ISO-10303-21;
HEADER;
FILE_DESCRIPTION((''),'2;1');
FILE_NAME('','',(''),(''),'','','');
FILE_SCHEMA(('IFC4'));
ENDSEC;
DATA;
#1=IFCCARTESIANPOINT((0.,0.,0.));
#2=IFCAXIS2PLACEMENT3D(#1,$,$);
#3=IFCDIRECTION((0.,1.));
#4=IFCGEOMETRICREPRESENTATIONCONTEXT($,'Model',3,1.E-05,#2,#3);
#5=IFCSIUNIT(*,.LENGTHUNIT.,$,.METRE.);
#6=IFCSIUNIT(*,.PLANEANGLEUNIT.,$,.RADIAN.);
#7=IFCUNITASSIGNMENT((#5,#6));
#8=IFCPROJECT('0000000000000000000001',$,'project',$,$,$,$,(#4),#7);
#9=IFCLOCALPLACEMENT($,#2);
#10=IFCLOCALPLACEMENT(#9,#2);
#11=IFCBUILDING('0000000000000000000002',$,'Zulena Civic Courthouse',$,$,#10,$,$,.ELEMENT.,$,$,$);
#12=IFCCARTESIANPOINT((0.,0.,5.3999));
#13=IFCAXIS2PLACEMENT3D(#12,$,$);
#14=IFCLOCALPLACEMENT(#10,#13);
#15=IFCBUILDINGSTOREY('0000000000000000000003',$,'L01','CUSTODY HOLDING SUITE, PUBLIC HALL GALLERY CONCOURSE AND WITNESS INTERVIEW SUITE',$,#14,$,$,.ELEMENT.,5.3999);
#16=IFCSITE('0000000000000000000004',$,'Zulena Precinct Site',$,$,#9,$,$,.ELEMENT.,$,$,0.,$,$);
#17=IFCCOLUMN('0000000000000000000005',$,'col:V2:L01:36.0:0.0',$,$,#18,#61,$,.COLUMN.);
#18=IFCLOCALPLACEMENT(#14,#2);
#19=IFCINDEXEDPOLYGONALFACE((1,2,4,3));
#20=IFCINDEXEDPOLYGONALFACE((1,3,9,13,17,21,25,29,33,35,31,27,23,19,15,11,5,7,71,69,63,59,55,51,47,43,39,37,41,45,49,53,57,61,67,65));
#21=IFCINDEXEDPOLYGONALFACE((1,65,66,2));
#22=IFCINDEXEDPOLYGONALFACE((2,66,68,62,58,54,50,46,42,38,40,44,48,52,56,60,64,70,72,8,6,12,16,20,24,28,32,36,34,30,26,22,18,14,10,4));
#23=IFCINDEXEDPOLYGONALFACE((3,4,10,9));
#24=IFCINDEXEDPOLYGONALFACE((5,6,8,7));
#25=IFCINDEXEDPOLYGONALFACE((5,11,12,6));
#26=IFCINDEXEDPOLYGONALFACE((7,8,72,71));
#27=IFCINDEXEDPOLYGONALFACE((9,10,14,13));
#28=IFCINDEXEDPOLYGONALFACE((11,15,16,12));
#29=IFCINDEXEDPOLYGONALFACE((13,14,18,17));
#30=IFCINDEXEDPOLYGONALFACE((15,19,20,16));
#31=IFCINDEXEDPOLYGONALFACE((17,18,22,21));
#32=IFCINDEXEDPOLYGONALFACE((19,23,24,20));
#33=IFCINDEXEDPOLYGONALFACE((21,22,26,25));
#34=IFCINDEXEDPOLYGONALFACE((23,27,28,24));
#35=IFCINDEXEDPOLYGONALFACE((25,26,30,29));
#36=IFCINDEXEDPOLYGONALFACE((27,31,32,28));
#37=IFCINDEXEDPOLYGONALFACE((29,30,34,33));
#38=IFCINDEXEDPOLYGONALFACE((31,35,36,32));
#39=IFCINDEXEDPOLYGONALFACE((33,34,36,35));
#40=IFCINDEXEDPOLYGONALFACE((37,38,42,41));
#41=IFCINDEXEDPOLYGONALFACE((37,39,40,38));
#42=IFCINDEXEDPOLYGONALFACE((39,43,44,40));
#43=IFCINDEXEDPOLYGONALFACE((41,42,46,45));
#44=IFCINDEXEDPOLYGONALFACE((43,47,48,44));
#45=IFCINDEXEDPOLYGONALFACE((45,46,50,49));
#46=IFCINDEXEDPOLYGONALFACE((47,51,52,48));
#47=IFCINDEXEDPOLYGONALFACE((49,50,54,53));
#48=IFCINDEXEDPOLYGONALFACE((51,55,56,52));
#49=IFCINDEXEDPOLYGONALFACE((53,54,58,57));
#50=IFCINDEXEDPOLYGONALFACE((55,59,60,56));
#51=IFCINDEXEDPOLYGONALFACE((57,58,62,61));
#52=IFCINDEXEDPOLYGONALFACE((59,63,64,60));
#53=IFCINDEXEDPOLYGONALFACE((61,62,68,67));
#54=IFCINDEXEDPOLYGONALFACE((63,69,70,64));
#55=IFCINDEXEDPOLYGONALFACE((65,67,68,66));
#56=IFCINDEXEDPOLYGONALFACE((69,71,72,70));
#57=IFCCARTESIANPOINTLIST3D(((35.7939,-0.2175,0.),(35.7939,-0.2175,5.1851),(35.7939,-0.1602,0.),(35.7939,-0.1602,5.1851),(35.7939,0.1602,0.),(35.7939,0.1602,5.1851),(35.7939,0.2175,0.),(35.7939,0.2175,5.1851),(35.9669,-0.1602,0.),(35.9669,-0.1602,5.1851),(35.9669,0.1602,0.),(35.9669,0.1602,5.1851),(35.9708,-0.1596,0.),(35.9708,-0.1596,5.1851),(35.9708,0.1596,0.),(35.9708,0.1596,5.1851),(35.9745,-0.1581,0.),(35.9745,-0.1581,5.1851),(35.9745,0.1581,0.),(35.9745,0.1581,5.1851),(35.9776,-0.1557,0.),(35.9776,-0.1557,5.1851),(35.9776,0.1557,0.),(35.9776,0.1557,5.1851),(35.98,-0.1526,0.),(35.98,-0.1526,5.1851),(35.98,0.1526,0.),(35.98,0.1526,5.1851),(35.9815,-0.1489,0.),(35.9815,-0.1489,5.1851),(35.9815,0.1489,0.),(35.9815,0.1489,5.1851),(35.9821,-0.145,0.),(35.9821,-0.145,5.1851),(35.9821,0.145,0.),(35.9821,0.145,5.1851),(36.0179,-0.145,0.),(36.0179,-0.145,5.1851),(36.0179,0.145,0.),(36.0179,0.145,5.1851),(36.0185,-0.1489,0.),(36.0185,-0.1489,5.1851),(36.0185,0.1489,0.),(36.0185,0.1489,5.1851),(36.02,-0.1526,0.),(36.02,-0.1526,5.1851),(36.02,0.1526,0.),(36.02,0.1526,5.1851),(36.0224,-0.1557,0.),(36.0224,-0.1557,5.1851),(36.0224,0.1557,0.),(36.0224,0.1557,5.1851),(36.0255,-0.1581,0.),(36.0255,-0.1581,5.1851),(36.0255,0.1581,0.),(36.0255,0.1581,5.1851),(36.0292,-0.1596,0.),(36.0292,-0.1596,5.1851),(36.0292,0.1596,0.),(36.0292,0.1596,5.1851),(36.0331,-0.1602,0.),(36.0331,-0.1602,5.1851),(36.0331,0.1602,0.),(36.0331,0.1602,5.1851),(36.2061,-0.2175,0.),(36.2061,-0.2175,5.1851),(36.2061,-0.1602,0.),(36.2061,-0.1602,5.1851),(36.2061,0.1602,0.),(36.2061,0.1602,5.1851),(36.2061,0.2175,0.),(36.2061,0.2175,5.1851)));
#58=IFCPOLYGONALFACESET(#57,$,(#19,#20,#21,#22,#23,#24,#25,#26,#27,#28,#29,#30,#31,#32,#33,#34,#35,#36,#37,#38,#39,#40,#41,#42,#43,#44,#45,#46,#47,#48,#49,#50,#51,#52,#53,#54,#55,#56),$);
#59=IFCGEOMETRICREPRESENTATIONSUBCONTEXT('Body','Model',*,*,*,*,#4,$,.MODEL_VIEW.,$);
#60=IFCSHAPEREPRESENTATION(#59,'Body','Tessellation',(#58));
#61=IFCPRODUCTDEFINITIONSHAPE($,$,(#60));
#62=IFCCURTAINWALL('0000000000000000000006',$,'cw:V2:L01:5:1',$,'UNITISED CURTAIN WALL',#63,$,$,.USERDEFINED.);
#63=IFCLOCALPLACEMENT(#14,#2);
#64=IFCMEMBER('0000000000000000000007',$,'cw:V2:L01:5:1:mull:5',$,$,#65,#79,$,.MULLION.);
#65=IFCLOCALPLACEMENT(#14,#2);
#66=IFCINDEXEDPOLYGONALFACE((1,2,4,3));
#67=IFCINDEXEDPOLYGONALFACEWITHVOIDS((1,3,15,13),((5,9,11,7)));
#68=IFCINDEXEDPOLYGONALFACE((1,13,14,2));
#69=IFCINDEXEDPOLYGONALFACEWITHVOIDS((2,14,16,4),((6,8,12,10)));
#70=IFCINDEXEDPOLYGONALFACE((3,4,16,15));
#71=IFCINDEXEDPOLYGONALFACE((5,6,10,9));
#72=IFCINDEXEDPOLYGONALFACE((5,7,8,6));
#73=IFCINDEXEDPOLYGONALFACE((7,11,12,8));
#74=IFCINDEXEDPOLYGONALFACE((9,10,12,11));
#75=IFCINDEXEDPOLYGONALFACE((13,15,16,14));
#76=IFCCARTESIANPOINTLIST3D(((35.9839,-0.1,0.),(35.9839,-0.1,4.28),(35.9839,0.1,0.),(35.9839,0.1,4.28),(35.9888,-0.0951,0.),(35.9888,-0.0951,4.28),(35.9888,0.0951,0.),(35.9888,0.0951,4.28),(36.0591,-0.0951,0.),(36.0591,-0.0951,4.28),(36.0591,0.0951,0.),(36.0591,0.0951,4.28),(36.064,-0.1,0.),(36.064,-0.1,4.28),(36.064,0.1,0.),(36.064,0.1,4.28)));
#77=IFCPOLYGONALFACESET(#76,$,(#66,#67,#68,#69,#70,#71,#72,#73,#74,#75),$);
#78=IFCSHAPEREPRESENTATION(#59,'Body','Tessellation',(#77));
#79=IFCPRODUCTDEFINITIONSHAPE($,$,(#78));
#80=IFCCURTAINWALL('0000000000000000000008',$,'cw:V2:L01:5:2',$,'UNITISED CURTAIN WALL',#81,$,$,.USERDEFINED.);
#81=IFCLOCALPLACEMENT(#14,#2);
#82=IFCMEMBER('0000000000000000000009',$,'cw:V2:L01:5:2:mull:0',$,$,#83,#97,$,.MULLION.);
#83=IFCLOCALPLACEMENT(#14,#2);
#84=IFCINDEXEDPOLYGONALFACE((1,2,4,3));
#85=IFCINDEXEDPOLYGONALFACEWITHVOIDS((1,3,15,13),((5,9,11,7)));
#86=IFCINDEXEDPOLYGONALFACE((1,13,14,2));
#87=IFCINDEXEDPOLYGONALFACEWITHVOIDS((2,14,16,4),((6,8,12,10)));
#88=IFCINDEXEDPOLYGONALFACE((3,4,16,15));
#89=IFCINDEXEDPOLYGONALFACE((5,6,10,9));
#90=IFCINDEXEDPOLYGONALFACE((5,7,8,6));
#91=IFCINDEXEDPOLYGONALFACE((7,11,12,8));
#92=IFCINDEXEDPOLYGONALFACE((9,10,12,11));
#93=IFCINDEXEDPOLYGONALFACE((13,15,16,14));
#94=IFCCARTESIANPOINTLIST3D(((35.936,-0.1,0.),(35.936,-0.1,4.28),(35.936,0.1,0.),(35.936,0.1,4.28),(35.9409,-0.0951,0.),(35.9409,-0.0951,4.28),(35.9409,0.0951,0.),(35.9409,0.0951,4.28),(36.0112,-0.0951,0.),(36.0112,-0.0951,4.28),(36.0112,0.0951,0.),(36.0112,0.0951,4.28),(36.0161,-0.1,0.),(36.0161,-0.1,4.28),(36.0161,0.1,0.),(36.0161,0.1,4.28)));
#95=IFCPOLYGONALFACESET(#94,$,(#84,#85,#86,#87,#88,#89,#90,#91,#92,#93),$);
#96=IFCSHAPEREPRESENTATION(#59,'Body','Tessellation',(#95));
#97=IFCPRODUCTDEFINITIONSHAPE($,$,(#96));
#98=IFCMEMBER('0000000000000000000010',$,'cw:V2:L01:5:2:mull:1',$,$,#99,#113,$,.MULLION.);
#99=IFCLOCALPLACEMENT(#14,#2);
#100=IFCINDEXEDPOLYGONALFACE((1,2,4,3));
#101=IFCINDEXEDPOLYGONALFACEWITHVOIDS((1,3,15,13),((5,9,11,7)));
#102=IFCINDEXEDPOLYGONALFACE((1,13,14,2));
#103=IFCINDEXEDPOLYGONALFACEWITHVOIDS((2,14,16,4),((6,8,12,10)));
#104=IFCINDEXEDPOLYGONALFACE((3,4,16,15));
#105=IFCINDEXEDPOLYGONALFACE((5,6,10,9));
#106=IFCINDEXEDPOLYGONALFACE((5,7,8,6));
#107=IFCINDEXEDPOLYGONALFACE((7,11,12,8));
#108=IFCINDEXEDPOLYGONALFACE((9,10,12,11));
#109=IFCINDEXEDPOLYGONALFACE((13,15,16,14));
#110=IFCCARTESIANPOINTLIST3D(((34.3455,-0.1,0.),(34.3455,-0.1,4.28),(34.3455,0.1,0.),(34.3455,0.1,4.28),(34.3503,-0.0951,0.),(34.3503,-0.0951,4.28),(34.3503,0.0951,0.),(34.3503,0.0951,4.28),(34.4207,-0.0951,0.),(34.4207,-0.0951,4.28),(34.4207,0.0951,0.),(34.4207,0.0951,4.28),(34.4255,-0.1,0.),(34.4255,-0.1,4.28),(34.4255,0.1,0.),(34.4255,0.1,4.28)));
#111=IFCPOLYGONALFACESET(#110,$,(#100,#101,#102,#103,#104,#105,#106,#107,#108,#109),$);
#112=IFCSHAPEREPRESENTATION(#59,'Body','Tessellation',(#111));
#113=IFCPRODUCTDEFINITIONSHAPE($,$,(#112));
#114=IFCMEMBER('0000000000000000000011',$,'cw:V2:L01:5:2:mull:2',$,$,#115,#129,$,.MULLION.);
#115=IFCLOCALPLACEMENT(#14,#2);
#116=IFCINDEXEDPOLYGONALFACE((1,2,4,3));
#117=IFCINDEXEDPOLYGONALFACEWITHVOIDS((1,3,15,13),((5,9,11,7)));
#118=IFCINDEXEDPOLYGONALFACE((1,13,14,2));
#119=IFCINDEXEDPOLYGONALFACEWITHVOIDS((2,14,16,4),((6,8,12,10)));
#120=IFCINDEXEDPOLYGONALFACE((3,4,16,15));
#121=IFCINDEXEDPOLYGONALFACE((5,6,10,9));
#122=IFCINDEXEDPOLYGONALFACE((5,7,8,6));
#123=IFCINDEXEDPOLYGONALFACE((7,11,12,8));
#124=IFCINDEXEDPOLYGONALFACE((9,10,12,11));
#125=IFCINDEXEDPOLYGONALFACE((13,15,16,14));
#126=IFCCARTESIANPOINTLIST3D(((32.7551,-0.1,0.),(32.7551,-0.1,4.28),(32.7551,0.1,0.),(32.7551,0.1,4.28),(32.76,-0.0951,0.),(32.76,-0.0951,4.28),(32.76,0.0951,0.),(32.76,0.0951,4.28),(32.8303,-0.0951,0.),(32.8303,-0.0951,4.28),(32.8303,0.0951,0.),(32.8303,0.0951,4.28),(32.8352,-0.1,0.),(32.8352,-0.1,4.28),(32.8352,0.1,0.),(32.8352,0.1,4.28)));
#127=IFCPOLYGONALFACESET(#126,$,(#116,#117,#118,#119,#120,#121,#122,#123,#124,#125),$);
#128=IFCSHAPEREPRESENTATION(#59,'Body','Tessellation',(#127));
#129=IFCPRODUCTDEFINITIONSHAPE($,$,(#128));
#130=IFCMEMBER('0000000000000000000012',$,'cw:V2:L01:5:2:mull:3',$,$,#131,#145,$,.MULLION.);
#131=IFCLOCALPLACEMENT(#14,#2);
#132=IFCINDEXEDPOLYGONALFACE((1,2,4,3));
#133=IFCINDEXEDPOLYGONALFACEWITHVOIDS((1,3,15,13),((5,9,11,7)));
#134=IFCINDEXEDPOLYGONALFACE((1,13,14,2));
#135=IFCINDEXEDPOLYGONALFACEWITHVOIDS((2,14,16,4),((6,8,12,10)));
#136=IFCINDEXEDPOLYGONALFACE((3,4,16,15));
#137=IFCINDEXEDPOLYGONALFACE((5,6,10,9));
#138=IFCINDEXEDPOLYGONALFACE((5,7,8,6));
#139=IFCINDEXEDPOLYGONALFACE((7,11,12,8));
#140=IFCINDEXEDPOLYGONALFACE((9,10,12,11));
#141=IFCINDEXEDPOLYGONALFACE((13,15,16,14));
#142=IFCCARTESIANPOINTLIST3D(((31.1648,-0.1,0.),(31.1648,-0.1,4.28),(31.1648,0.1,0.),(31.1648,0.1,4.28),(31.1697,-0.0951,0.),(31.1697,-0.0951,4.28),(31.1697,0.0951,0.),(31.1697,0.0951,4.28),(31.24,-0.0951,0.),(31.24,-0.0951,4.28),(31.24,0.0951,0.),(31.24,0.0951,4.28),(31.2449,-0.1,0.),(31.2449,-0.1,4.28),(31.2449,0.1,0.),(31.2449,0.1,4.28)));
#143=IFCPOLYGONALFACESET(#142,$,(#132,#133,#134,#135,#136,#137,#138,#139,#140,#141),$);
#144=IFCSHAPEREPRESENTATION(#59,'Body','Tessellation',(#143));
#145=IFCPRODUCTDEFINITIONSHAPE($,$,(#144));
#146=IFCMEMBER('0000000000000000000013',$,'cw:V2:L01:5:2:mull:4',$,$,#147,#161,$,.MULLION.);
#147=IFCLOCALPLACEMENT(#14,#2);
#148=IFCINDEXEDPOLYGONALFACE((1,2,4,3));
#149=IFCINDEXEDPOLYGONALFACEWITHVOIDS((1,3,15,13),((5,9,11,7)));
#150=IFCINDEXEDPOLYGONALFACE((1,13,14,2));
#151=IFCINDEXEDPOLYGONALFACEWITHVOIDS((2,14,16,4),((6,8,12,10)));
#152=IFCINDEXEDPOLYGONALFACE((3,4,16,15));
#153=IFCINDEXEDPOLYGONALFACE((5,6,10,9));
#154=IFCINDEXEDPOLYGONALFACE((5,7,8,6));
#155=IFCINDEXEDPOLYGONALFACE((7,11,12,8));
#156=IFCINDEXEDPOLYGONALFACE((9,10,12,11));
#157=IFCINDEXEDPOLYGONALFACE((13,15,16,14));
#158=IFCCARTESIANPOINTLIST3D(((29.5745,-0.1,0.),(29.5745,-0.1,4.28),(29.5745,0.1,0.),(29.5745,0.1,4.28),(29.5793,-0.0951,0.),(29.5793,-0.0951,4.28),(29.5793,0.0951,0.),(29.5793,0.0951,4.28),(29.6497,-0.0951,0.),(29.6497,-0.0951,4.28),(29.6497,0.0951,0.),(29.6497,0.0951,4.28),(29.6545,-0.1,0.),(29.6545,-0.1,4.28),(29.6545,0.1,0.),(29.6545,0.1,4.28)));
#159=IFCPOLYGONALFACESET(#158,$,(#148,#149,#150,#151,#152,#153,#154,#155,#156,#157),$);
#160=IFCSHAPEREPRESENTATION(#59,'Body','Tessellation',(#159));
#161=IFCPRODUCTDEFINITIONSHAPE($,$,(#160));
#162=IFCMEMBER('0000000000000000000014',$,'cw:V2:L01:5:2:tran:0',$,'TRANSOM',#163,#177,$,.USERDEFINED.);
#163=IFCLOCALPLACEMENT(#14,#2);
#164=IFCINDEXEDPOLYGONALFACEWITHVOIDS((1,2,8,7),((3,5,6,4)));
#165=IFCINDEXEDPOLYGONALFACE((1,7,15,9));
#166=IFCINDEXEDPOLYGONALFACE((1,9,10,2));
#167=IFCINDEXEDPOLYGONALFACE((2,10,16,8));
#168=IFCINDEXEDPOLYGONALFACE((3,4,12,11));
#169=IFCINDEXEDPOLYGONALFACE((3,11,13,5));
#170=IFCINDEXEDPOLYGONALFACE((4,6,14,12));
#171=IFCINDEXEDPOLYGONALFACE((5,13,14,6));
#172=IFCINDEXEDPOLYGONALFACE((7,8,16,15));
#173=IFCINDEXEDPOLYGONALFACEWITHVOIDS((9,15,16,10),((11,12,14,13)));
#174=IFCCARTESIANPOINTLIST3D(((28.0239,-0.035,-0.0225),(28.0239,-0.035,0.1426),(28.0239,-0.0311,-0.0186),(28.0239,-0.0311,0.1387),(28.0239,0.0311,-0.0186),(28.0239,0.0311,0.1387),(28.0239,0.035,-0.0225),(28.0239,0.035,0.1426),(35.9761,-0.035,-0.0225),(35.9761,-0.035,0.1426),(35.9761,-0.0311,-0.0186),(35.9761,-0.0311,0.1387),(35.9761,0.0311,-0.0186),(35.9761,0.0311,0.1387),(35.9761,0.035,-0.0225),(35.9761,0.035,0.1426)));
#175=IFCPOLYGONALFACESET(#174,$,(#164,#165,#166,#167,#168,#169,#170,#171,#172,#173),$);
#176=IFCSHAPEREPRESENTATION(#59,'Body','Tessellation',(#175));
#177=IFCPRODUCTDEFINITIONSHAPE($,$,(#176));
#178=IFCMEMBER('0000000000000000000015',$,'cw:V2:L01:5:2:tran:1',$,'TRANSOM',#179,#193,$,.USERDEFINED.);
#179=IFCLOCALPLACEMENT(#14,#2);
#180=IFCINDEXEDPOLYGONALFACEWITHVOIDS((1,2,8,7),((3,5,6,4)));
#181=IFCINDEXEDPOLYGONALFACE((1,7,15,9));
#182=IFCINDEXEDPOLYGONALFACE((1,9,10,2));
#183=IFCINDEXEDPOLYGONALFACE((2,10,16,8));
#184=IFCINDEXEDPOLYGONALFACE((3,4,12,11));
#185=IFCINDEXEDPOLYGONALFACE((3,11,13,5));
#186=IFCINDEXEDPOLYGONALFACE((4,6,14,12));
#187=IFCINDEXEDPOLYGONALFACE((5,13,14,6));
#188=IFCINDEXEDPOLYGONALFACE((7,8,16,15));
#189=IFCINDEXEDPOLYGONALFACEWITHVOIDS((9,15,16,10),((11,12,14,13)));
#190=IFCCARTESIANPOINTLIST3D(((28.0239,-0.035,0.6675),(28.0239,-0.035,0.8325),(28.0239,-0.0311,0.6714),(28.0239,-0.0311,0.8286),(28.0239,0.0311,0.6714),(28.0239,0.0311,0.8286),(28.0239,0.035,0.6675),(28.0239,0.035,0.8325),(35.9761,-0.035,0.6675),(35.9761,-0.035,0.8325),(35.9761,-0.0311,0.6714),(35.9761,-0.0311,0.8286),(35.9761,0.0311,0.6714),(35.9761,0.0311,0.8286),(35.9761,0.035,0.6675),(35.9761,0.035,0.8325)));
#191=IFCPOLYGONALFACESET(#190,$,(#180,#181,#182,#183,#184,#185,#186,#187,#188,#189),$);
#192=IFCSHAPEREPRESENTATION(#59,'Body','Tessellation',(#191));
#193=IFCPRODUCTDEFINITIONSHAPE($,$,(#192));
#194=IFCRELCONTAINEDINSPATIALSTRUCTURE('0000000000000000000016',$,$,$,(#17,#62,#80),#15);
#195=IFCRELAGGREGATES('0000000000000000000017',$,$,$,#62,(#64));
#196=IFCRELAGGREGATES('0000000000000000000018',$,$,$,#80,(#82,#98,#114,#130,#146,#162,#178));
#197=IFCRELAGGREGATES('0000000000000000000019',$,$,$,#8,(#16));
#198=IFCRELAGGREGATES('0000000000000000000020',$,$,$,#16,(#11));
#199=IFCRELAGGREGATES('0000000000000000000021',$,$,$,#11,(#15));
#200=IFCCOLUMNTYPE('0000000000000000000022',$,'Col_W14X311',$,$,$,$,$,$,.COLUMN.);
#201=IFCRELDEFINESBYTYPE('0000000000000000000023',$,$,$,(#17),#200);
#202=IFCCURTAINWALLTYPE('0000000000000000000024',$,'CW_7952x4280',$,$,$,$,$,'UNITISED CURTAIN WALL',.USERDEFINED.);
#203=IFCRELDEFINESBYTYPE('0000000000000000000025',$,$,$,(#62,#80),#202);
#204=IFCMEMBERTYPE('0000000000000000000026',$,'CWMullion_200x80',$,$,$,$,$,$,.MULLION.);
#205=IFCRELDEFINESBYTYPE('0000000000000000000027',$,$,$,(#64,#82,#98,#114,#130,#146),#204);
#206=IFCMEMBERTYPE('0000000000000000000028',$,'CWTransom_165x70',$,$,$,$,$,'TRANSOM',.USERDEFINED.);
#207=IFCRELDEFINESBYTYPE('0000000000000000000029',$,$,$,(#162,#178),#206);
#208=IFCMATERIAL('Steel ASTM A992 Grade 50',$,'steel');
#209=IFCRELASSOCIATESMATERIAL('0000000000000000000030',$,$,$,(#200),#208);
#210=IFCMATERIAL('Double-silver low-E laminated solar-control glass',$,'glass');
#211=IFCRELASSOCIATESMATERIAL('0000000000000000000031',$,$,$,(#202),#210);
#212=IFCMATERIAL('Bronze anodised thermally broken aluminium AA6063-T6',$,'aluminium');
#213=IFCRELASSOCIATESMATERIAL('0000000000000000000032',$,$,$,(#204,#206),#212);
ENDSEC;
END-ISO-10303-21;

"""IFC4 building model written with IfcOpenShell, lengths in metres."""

from ifc_helpers import new_model, si_unit, direction, frame, origin, origin_2d, place, context, subcontext, project, spatial, hollow_rectangle, i_section, extrude, material, material_profile, profile_set, type_object, element, aggregate, save


model = new_model("IFC4")

# Units and contexts
model_context = context("Model", 3, precision=1e-05, world=origin(), true_north=direction((0.0, 1.0)))
body_context = subcontext(model_context, "Body", "Model", "MODEL_VIEW")
ifc_project = project(units=[si_unit("LENGTHUNIT", "METRE"), si_unit("PLANEANGLEUNIT", "RADIAN")], contexts=[model_context])

# Site, building, storey
site_placement = place(None, origin())
site = spatial("IfcSite", under=ifc_project, at=site_placement, Name="Zulena Precinct Site", CompositionType="ELEMENT", RefElevation=0.0)
building_placement = place(site_placement, origin())
building = spatial("IfcBuilding", under=site, at=building_placement, Name="Zulena Civic Courthouse", CompositionType="ELEMENT")
storey_placement = place(building_placement, frame((0.0, 0.0, 5.3999)))
storey = spatial("IfcBuildingStorey", under=building, at=storey_placement, Name="L01", Description="CUSTODY HOLDING SUITE, PUBLIC HALL GALLERY CONCOURSE AND WITNESS INTERVIEW SUITE", CompositionType="ELEMENT", Elevation=5.3999)

# Column
ifc_material_1 = material(Name="Steel ASTM A992 Grade 50", Category="steel")
ifc_material_profile_1 = material_profile(ifc_material_1, i_section(OverallWidth=0.4121, OverallDepth=0.4351, WebThickness=0.0359, FlangeThickness=0.0574, FilletRadius=0.0151, at=origin_2d()), Name="W14X311")
ifc_profile_set_1 = profile_set([ifc_material_profile_1], Name="Steel ASTM A992 Grade 50")
column_type = type_object("IfcColumnType", Name="Col_W14X311", PredefinedType="COLUMN", material=ifc_profile_set_1)
column_placement = place(storey_placement, frame((36.0, 0.0, 0.0), z_axis=(0.0, 0.0, 1.0), x_axis=(1.0, 0.0, 0.0)))
element("IfcColumn", 1, at=column_placement, inside=storey, type_object=column_type, Name="col:V2:L01:36.0:0.0", PredefinedType="COLUMN", context=body_context, shape_type="SweptSolid", body=[
    extrude(i_section(OverallWidth=0.4121, OverallDepth=0.4351, WebThickness=0.0359, FlangeThickness=0.0574, FilletRadius=0.0151, at=origin_2d()), origin(), (0.0, 0.0, 1.0), 5.1851),
])

# Curtain wall, member
ifc_material_2 = material(Name="Double-silver low-E laminated solar-control glass", Category="glass")
curtain_wall_type = type_object("IfcCurtainWallType", Name="CW_7952x4280", ElementType="UNITISED CURTAIN WALL", PredefinedType="USERDEFINED", material=ifc_material_2)
curtain_wall_1_placement = place(storey_placement, origin())
curtain_wall_1 = element("IfcCurtainWall", 2, at=curtain_wall_1_placement, inside=storey, type_object=curtain_wall_type, Name="cw:V2:L01:5:1", ObjectType="UNITISED CURTAIN WALL", PredefinedType="USERDEFINED")
ifc_material_3 = material(Name="Bronze anodised thermally broken aluminium AA6063-T6", Category="aluminium")
ifc_material_profile_2 = material_profile(ifc_material_3, hollow_rectangle(XDim=0.0801, YDim=0.2, WallThickness=0.0049, at=origin_2d()), Name="CWM200X80X5")
ifc_profile_set_2 = profile_set([ifc_material_profile_2], Name="Bronze anodised thermally broken aluminium AA6063-T6")
member_type_1 = type_object("IfcMemberType", Name="CWMullion_200x80", PredefinedType="MULLION", material=ifc_profile_set_2)
member_1_placement = place(storey_placement, frame((36.0239, 0.0, 0.0), z_axis=(0.0, 0.0, 1.0), x_axis=(1.0, 0.0, 0.0)))
member_1 = element("IfcMember", 3, at=member_1_placement, type_object=member_type_1, Name="cw:V2:L01:5:1:mull:5", PredefinedType="MULLION", context=body_context, shape_type="SweptSolid", body=[
    extrude(hollow_rectangle(XDim=0.0801, YDim=0.2, WallThickness=0.0049, at=origin_2d()), origin(), (0.0, 0.0, 1.0), 4.28),
])
aggregate(curtain_wall_1, [member_1])

# Curtain wall, members
curtain_wall_2_placement = place(storey_placement, origin())
curtain_wall_2 = element("IfcCurtainWall", 4, at=curtain_wall_2_placement, inside=storey, type_object=curtain_wall_type, Name="cw:V2:L01:5:2", ObjectType="UNITISED CURTAIN WALL", PredefinedType="USERDEFINED")
member_2_placement = place(storey_placement, frame((35.9761, 0.0, 0.0), z_axis=(0.0, 0.0, 1.0), x_axis=(1.0, 0.0, 0.0)))
member_2 = element("IfcMember", 5, at=member_2_placement, type_object=member_type_1, Name="cw:V2:L01:5:2:mull:0", PredefinedType="MULLION", context=body_context, shape_type="SweptSolid", body=[
    extrude(hollow_rectangle(XDim=0.0801, YDim=0.2, WallThickness=0.0049, at=origin_2d()), origin(), (0.0, 0.0, 1.0), 4.28),
])
member_3_placement = place(storey_placement, frame((34.3855, 0.0, 0.0), z_axis=(0.0, 0.0, 1.0), x_axis=(1.0, 0.0, 0.0)))
member_3 = element("IfcMember", 6, at=member_3_placement, type_object=member_type_1, Name="cw:V2:L01:5:2:mull:1", PredefinedType="MULLION", context=body_context, shape_type="SweptSolid", body=[
    extrude(hollow_rectangle(XDim=0.0801, YDim=0.2, WallThickness=0.0049, at=origin_2d()), origin(), (0.0, 0.0, 1.0), 4.28),
])
member_4_placement = place(storey_placement, frame((32.7952, 0.0, 0.0), z_axis=(0.0, 0.0, 1.0), x_axis=(1.0, 0.0, 0.0)))
member_4 = element("IfcMember", 7, at=member_4_placement, type_object=member_type_1, Name="cw:V2:L01:5:2:mull:2", PredefinedType="MULLION", context=body_context, shape_type="SweptSolid", body=[
    extrude(hollow_rectangle(XDim=0.0801, YDim=0.2, WallThickness=0.0049, at=origin_2d()), origin(), (0.0, 0.0, 1.0), 4.28),
])
member_5_placement = place(storey_placement, frame((31.2048, 0.0, 0.0), z_axis=(0.0, 0.0, 1.0), x_axis=(1.0, 0.0, 0.0)))
member_5 = element("IfcMember", 8, at=member_5_placement, type_object=member_type_1, Name="cw:V2:L01:5:2:mull:3", PredefinedType="MULLION", context=body_context, shape_type="SweptSolid", body=[
    extrude(hollow_rectangle(XDim=0.0801, YDim=0.2, WallThickness=0.0049, at=origin_2d()), origin(), (0.0, 0.0, 1.0), 4.28),
])
member_6_placement = place(storey_placement, frame((29.6145, 0.0, 0.0), z_axis=(0.0, 0.0, 1.0), x_axis=(1.0, 0.0, 0.0)))
member_6 = element("IfcMember", 9, at=member_6_placement, type_object=member_type_1, Name="cw:V2:L01:5:2:mull:4", PredefinedType="MULLION", context=body_context, shape_type="SweptSolid", body=[
    extrude(hollow_rectangle(XDim=0.0801, YDim=0.2, WallThickness=0.0049, at=origin_2d()), origin(), (0.0, 0.0, 1.0), 4.28),
])
ifc_material_profile_3 = material_profile(ifc_material_3, hollow_rectangle(XDim=0.0701, YDim=0.165, WallThickness=0.0039, at=origin_2d()), Name="CWT165X70X4")
ifc_profile_set_3 = profile_set([ifc_material_profile_3], Name="Bronze anodised thermally broken aluminium AA6063-T6")
member_type_2 = type_object("IfcMemberType", Name="CWTransom_165x70", ElementType="TRANSOM", PredefinedType="USERDEFINED", material=ifc_profile_set_3)
member_7_placement = place(storey_placement, frame((35.9761, 0.0, 0.0601), z_axis=(-1.0, 0.0, 0.0), x_axis=(0.0, -1.0, 0.0)))
member_7 = element("IfcMember", 10, at=member_7_placement, type_object=member_type_2, Name="cw:V2:L01:5:2:tran:0", ObjectType="TRANSOM", PredefinedType="USERDEFINED", context=body_context, shape_type="SweptSolid", body=[
    extrude(hollow_rectangle(XDim=0.0701, YDim=0.165, WallThickness=0.0039, at=origin_2d()), origin(), (0.0, 0.0, 1.0), 7.9521),
])
member_8_placement = place(storey_placement, frame((35.9761, 0.0, 0.75), z_axis=(-1.0, 0.0, 0.0), x_axis=(0.0, -1.0, 0.0)))
member_8 = element("IfcMember", 11, at=member_8_placement, type_object=member_type_2, Name="cw:V2:L01:5:2:tran:1", ObjectType="TRANSOM", PredefinedType="USERDEFINED", context=body_context, shape_type="SweptSolid", body=[
    extrude(hollow_rectangle(XDim=0.0701, YDim=0.165, WallThickness=0.0039, at=origin_2d()), origin(), (0.0, 0.0, 1.0), 7.9521),
])
aggregate(curtain_wall_2, [member_2, member_3, member_4, member_5, member_6, member_7, member_8])

save(model, "model.ifc")
